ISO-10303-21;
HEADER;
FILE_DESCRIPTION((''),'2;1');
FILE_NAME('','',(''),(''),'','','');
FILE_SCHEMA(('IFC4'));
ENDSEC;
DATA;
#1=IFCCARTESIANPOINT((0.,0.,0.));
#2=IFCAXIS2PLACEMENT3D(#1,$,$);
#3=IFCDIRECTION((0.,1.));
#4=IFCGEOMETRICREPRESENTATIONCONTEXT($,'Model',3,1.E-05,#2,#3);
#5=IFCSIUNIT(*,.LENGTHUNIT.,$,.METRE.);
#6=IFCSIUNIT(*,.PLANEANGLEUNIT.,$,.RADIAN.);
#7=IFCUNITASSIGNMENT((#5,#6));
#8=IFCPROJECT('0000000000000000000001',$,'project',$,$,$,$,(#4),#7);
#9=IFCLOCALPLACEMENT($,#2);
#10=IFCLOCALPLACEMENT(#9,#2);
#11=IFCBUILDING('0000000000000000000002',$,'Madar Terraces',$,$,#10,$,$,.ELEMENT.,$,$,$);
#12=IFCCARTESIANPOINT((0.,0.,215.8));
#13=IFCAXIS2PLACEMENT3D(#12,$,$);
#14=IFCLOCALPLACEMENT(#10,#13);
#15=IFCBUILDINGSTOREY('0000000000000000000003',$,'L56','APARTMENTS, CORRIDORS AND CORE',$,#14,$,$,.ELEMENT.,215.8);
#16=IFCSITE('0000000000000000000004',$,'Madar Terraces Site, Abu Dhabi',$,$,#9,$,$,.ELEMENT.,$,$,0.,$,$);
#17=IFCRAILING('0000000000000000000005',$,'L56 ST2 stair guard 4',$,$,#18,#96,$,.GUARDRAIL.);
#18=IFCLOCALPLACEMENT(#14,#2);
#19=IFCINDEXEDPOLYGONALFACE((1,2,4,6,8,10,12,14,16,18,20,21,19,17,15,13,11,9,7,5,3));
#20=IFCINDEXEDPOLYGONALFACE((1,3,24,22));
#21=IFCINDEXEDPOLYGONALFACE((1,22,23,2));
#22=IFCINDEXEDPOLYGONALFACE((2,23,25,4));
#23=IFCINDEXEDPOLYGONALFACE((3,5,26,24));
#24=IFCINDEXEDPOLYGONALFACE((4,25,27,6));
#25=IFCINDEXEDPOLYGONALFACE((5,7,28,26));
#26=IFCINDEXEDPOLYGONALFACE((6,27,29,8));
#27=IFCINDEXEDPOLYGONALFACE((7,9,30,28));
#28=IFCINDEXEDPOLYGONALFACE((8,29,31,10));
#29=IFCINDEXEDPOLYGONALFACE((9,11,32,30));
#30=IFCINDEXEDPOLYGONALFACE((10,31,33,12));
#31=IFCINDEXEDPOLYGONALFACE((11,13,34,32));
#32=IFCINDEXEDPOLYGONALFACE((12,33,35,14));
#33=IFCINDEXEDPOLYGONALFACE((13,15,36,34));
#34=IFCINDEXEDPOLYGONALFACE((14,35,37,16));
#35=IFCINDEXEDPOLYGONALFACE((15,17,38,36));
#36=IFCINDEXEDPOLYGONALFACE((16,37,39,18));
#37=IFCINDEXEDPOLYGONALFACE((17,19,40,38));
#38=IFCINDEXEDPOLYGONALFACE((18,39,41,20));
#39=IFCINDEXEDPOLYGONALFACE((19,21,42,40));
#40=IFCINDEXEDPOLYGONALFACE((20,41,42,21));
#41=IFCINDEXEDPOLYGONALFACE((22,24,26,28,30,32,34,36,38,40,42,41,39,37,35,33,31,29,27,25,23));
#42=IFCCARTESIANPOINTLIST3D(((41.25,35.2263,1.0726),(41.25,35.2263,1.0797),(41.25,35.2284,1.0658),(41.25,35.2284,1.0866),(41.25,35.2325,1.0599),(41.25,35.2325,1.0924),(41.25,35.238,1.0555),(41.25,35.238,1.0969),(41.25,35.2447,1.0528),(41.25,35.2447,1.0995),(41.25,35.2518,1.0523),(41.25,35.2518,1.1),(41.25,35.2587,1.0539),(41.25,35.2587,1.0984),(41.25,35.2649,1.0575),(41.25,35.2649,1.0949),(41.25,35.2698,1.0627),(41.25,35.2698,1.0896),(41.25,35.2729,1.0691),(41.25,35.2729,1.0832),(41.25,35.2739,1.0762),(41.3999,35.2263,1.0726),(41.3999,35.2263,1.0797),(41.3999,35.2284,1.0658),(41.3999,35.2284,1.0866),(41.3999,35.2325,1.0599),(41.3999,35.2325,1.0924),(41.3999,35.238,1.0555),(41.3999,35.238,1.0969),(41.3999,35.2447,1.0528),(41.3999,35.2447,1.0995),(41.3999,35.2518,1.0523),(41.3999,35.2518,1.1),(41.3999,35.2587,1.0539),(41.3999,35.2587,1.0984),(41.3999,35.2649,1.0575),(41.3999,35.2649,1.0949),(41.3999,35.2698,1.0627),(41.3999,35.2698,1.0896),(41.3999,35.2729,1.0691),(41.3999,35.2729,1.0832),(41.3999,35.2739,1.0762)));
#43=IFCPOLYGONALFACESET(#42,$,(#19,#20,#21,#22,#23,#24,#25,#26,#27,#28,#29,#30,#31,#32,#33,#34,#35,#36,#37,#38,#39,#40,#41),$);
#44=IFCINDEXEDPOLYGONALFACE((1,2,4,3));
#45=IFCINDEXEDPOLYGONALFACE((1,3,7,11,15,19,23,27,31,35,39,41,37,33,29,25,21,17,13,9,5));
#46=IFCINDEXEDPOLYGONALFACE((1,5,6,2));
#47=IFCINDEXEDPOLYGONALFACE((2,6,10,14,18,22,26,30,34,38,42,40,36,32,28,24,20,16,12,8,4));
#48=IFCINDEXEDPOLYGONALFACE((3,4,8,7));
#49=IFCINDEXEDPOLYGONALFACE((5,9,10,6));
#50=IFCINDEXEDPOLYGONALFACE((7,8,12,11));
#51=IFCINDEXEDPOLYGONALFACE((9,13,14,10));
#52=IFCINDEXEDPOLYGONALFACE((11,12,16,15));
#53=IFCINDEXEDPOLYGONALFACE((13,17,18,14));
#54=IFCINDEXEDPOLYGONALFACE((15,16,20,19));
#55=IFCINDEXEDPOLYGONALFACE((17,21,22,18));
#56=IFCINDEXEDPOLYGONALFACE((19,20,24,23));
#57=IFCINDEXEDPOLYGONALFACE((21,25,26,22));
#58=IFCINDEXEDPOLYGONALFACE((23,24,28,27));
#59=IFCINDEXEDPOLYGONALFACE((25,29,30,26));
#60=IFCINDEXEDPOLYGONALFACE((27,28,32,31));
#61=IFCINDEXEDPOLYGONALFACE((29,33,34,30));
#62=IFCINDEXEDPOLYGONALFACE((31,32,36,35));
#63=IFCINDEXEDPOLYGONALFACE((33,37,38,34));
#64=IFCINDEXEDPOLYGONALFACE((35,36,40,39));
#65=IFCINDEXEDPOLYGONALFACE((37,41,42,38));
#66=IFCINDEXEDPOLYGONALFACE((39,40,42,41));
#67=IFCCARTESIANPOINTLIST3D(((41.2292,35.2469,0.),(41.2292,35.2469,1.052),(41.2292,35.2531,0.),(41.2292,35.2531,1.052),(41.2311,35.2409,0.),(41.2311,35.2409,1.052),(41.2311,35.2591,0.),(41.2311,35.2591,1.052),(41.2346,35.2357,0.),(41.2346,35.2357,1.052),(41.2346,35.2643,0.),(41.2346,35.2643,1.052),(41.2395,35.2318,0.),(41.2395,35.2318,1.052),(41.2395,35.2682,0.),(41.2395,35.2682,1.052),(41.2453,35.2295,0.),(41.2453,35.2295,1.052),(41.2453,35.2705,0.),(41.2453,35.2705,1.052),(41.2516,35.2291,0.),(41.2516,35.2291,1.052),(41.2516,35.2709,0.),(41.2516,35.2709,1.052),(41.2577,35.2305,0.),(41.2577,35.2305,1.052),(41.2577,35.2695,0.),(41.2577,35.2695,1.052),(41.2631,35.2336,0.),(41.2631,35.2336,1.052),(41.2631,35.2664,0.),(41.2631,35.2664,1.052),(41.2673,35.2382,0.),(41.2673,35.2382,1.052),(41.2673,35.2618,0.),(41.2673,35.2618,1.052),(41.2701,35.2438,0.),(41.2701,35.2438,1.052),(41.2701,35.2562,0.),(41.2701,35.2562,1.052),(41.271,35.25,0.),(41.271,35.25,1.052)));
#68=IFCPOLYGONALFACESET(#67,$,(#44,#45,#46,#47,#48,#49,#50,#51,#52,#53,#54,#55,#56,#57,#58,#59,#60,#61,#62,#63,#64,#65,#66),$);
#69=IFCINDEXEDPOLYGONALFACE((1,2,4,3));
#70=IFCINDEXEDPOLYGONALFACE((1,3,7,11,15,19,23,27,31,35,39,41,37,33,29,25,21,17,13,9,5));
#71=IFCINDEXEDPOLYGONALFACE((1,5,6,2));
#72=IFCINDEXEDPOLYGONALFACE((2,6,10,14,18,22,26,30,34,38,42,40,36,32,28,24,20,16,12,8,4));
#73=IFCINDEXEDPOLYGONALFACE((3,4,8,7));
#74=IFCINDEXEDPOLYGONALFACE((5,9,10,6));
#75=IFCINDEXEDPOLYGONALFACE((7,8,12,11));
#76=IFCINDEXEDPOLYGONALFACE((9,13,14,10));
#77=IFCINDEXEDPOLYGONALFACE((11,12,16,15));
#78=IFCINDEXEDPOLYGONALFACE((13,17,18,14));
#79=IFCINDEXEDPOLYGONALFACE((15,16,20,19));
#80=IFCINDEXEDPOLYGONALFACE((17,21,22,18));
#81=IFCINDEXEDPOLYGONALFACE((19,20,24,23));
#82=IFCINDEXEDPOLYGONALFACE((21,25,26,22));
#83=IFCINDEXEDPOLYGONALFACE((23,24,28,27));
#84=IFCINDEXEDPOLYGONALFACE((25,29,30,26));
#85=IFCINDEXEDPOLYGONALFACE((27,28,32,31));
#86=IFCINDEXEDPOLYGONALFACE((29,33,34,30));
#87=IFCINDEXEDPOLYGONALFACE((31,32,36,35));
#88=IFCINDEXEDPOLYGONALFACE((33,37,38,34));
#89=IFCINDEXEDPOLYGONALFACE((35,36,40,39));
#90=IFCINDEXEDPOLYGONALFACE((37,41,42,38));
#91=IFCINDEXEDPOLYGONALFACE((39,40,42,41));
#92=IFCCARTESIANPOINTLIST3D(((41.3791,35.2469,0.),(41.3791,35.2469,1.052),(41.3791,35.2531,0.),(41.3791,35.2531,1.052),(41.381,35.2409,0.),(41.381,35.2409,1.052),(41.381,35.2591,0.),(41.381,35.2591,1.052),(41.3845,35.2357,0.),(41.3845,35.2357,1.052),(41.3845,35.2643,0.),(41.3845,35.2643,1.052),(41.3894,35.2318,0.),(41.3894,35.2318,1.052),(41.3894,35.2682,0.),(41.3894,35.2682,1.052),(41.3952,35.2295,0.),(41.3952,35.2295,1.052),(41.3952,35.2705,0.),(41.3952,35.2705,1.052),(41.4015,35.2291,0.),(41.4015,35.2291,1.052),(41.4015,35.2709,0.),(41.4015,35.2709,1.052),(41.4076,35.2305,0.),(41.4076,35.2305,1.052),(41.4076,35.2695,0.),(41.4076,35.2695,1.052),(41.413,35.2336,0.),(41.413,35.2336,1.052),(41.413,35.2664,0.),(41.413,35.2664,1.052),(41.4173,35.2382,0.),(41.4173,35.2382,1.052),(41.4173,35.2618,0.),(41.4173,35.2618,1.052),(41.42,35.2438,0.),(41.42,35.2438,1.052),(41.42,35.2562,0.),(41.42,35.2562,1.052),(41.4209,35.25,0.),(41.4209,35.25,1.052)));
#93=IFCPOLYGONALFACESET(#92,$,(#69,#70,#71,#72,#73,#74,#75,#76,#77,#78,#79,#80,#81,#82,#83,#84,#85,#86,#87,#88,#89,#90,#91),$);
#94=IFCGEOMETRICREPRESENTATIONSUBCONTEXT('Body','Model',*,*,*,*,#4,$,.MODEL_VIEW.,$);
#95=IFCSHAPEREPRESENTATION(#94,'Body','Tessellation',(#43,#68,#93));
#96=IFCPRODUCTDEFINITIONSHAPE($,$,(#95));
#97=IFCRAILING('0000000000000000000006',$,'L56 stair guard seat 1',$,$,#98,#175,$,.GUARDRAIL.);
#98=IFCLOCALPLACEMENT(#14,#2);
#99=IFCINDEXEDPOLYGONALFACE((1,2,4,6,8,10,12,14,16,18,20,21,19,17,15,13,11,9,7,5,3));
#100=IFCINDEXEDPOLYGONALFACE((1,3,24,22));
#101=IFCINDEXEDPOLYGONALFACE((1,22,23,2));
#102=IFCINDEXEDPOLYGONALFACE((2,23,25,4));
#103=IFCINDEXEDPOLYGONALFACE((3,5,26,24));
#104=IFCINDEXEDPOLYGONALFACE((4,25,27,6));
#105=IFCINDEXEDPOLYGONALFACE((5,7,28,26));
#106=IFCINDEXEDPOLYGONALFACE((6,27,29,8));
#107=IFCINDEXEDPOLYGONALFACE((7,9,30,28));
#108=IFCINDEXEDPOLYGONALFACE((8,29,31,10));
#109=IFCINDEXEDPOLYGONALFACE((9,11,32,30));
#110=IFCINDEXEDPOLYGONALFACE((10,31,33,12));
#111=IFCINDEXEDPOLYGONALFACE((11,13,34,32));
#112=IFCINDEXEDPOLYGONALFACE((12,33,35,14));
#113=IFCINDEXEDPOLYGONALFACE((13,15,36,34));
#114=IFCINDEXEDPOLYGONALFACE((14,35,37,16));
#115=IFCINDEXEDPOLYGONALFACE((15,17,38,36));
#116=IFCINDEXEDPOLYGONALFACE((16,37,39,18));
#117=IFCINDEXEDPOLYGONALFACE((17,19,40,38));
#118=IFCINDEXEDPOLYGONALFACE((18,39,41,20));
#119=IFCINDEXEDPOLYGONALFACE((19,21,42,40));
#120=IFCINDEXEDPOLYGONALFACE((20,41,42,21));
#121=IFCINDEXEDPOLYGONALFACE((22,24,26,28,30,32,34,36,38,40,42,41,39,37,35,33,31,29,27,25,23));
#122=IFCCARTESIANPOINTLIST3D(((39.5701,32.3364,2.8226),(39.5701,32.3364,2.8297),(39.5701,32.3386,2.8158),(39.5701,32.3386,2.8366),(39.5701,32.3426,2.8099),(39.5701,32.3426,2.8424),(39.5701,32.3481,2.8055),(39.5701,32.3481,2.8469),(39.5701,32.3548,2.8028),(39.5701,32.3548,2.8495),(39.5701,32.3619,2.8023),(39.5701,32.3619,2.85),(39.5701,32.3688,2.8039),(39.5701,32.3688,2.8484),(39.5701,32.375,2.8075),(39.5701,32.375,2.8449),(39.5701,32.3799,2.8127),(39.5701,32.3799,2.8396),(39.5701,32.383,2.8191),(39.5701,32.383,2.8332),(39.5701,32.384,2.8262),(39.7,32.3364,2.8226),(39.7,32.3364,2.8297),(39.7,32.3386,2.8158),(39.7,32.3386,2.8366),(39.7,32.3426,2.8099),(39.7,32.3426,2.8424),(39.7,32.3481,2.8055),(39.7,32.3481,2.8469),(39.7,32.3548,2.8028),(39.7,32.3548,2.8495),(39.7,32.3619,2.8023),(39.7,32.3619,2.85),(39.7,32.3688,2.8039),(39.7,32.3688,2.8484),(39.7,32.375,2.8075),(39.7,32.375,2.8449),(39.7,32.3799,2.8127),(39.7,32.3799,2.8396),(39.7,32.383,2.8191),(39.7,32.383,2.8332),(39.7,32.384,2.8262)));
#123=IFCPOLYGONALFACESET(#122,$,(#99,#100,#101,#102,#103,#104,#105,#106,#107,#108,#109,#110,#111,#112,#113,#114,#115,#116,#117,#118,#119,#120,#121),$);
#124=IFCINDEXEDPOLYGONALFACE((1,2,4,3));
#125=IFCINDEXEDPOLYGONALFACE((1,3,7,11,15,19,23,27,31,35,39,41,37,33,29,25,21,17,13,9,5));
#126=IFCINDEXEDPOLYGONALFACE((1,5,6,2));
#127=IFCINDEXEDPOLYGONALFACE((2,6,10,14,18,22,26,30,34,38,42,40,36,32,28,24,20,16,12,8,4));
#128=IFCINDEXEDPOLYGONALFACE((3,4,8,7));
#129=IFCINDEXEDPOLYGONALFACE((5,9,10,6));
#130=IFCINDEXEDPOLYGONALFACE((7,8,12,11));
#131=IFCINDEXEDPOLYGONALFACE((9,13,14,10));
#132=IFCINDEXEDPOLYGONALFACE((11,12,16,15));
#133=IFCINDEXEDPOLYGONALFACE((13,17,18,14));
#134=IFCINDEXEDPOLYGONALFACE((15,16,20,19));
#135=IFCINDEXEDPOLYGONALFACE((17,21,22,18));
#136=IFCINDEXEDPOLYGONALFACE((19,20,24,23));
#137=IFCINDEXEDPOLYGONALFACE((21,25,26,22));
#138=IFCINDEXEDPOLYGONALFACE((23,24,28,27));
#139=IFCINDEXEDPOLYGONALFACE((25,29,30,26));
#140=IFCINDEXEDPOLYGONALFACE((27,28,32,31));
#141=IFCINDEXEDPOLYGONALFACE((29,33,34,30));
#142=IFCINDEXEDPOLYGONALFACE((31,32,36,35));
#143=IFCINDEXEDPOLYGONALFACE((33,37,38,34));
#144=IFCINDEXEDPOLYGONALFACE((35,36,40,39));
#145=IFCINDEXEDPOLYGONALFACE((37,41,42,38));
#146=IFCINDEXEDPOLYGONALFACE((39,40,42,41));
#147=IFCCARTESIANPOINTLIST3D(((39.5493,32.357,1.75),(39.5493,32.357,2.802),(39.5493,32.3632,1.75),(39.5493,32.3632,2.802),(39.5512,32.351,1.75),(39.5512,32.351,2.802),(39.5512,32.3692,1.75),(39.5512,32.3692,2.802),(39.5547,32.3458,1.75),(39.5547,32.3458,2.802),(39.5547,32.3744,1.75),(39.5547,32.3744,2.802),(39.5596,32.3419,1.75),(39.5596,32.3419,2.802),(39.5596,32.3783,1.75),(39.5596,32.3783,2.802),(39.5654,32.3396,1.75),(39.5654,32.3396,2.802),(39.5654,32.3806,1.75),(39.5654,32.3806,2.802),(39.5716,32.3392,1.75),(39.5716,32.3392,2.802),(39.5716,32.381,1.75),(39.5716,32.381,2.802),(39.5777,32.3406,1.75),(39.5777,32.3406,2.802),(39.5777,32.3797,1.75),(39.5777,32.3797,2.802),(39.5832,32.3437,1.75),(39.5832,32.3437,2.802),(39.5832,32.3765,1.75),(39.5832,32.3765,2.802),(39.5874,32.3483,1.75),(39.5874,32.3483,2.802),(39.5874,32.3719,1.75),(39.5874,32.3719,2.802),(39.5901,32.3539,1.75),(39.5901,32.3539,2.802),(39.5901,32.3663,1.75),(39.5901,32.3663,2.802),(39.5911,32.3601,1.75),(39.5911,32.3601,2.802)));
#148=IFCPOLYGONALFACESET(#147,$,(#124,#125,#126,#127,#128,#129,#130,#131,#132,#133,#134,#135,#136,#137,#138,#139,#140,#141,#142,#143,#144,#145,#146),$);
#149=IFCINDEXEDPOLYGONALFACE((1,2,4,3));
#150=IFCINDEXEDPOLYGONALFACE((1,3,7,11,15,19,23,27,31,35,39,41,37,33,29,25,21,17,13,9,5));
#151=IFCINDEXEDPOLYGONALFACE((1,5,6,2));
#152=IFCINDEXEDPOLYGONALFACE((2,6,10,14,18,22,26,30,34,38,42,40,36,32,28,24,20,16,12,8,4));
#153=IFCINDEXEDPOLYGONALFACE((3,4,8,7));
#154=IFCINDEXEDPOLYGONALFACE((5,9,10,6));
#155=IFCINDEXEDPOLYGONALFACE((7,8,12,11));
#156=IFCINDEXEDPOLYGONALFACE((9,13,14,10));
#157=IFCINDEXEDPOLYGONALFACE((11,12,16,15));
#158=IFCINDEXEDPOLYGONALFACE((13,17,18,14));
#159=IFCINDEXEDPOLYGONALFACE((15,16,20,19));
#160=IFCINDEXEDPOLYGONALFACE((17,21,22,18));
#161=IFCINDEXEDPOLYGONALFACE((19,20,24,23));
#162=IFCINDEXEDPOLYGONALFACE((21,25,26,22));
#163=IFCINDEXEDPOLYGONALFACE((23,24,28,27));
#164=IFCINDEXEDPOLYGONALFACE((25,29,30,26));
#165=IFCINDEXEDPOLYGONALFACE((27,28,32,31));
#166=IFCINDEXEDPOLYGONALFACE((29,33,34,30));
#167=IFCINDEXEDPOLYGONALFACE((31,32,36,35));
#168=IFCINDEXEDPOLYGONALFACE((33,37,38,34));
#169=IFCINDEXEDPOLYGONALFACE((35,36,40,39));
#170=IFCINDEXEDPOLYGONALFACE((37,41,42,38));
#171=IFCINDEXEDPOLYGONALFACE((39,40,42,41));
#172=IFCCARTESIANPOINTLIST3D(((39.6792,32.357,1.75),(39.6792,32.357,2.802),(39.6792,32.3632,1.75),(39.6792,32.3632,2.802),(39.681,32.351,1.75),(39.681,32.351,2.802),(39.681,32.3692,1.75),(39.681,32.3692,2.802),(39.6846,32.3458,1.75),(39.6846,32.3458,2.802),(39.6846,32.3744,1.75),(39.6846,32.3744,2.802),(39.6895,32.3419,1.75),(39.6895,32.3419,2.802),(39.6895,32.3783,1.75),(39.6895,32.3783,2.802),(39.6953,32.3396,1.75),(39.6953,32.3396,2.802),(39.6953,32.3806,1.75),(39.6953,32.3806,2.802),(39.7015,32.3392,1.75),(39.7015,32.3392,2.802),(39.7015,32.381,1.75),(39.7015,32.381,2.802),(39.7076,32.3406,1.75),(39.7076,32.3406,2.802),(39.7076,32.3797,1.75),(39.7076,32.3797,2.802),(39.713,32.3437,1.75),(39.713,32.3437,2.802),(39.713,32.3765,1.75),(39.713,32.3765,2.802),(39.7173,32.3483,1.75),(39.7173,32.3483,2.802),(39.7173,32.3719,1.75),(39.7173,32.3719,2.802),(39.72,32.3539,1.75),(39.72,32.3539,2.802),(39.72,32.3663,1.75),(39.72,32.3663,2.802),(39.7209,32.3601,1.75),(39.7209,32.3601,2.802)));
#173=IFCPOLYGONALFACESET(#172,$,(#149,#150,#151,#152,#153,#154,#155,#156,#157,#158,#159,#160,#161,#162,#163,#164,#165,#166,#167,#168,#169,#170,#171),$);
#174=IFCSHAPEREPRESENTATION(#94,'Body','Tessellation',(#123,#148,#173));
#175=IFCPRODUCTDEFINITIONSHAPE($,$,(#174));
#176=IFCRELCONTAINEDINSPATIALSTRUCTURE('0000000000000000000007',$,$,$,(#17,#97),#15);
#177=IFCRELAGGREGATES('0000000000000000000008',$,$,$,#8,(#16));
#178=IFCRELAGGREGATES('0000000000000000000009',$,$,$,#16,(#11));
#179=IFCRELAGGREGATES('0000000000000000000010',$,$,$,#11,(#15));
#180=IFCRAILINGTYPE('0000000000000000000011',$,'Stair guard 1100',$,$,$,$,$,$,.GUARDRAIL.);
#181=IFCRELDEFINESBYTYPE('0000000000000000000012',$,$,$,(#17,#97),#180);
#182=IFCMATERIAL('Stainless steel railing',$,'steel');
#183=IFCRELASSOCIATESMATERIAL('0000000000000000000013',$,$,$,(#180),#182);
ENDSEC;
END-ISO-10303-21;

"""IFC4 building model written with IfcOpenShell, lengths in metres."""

from ifc_helpers import new_model, si_unit, direction, frame, origin, origin_2d, place, context, subcontext, project, spatial, circle, extrude, material, type_object, element, save


model = new_model("IFC4")

# Units and contexts
model_context = context("Model", 3, precision=1e-05, world=origin(), true_north=direction((0.0, 1.0)))
body_context = subcontext(model_context, "Body", "Model", "MODEL_VIEW")
ifc_project = project(units=[si_unit("LENGTHUNIT", "METRE"), si_unit("PLANEANGLEUNIT", "RADIAN")], contexts=[model_context])

# Site, building, storey
site_placement = place(None, origin())
site = spatial("IfcSite", under=ifc_project, at=site_placement, Name="Madar Terraces Site, Abu Dhabi", CompositionType="ELEMENT", RefElevation=0.0)
building_placement = place(site_placement, origin())
building = spatial("IfcBuilding", under=site, at=building_placement, Name="Madar Terraces", CompositionType="ELEMENT")
storey_placement = place(building_placement, frame((0.0, 0.0, 215.8)))
storey = spatial("IfcBuildingStorey", under=building, at=storey_placement, Name="L56", Description="APARTMENTS, CORRIDORS AND CORE", CompositionType="ELEMENT", Elevation=215.8)

# Railings
ifc_material_1 = material(Name="Stainless steel railing", Category="steel")
railing_type_1 = type_object("IfcRailingType", Name="Stair guard 1100", PredefinedType="GUARDRAIL", material=ifc_material_1)
railing_1_placement = place(storey_placement, frame((41.25, 35.25, 0.0)))
element("IfcRailing", 1, at=railing_1_placement, inside=storey, type_object=railing_type_1, Name="L56 ST2 stair guard 4", PredefinedType="GUARDRAIL", context=body_context, shape_type="SweptSolid", body=[
    extrude(circle(Radius=0.0239, at=origin_2d()), frame((0.0, 0.0, 1.0762), z_axis=(1.0, 0.0, 0.0), x_axis=(0.0, 1.0, 0.0)), (0.0, 0.0, 1.0), 0.1499),
    extrude(circle(Radius=0.021, at=origin_2d()), origin(), (0.0, 0.0, 1.0), 1.052),
    extrude(circle(Radius=0.021, at=origin_2d()), frame((0.1499, 0.0, 0.0)), (0.0, 0.0, 1.0), 1.052),
])
railing_2_placement = place(storey_placement, frame((39.5701, 32.3601, 1.75)))
element("IfcRailing", 2, at=railing_2_placement, inside=storey, type_object=railing_type_1, Name="L56 stair guard seat 1", PredefinedType="GUARDRAIL", context=body_context, shape_type="SweptSolid", body=[
    extrude(circle(Radius=0.0239, at=origin_2d()), frame((0.0, 0.0, 1.0762), z_axis=(1.0, 0.0, 0.0), x_axis=(0.0, 1.0, 0.0)), (0.0, 0.0, 1.0), 0.1299),
    extrude(circle(Radius=0.021, at=origin_2d()), origin(), (0.0, 0.0, 1.0), 1.052),
    extrude(circle(Radius=0.021, at=origin_2d()), frame((0.1299, 0.0, 0.0)), (0.0, 0.0, 1.0), 1.052),
])

save(model, "model.ifc")
